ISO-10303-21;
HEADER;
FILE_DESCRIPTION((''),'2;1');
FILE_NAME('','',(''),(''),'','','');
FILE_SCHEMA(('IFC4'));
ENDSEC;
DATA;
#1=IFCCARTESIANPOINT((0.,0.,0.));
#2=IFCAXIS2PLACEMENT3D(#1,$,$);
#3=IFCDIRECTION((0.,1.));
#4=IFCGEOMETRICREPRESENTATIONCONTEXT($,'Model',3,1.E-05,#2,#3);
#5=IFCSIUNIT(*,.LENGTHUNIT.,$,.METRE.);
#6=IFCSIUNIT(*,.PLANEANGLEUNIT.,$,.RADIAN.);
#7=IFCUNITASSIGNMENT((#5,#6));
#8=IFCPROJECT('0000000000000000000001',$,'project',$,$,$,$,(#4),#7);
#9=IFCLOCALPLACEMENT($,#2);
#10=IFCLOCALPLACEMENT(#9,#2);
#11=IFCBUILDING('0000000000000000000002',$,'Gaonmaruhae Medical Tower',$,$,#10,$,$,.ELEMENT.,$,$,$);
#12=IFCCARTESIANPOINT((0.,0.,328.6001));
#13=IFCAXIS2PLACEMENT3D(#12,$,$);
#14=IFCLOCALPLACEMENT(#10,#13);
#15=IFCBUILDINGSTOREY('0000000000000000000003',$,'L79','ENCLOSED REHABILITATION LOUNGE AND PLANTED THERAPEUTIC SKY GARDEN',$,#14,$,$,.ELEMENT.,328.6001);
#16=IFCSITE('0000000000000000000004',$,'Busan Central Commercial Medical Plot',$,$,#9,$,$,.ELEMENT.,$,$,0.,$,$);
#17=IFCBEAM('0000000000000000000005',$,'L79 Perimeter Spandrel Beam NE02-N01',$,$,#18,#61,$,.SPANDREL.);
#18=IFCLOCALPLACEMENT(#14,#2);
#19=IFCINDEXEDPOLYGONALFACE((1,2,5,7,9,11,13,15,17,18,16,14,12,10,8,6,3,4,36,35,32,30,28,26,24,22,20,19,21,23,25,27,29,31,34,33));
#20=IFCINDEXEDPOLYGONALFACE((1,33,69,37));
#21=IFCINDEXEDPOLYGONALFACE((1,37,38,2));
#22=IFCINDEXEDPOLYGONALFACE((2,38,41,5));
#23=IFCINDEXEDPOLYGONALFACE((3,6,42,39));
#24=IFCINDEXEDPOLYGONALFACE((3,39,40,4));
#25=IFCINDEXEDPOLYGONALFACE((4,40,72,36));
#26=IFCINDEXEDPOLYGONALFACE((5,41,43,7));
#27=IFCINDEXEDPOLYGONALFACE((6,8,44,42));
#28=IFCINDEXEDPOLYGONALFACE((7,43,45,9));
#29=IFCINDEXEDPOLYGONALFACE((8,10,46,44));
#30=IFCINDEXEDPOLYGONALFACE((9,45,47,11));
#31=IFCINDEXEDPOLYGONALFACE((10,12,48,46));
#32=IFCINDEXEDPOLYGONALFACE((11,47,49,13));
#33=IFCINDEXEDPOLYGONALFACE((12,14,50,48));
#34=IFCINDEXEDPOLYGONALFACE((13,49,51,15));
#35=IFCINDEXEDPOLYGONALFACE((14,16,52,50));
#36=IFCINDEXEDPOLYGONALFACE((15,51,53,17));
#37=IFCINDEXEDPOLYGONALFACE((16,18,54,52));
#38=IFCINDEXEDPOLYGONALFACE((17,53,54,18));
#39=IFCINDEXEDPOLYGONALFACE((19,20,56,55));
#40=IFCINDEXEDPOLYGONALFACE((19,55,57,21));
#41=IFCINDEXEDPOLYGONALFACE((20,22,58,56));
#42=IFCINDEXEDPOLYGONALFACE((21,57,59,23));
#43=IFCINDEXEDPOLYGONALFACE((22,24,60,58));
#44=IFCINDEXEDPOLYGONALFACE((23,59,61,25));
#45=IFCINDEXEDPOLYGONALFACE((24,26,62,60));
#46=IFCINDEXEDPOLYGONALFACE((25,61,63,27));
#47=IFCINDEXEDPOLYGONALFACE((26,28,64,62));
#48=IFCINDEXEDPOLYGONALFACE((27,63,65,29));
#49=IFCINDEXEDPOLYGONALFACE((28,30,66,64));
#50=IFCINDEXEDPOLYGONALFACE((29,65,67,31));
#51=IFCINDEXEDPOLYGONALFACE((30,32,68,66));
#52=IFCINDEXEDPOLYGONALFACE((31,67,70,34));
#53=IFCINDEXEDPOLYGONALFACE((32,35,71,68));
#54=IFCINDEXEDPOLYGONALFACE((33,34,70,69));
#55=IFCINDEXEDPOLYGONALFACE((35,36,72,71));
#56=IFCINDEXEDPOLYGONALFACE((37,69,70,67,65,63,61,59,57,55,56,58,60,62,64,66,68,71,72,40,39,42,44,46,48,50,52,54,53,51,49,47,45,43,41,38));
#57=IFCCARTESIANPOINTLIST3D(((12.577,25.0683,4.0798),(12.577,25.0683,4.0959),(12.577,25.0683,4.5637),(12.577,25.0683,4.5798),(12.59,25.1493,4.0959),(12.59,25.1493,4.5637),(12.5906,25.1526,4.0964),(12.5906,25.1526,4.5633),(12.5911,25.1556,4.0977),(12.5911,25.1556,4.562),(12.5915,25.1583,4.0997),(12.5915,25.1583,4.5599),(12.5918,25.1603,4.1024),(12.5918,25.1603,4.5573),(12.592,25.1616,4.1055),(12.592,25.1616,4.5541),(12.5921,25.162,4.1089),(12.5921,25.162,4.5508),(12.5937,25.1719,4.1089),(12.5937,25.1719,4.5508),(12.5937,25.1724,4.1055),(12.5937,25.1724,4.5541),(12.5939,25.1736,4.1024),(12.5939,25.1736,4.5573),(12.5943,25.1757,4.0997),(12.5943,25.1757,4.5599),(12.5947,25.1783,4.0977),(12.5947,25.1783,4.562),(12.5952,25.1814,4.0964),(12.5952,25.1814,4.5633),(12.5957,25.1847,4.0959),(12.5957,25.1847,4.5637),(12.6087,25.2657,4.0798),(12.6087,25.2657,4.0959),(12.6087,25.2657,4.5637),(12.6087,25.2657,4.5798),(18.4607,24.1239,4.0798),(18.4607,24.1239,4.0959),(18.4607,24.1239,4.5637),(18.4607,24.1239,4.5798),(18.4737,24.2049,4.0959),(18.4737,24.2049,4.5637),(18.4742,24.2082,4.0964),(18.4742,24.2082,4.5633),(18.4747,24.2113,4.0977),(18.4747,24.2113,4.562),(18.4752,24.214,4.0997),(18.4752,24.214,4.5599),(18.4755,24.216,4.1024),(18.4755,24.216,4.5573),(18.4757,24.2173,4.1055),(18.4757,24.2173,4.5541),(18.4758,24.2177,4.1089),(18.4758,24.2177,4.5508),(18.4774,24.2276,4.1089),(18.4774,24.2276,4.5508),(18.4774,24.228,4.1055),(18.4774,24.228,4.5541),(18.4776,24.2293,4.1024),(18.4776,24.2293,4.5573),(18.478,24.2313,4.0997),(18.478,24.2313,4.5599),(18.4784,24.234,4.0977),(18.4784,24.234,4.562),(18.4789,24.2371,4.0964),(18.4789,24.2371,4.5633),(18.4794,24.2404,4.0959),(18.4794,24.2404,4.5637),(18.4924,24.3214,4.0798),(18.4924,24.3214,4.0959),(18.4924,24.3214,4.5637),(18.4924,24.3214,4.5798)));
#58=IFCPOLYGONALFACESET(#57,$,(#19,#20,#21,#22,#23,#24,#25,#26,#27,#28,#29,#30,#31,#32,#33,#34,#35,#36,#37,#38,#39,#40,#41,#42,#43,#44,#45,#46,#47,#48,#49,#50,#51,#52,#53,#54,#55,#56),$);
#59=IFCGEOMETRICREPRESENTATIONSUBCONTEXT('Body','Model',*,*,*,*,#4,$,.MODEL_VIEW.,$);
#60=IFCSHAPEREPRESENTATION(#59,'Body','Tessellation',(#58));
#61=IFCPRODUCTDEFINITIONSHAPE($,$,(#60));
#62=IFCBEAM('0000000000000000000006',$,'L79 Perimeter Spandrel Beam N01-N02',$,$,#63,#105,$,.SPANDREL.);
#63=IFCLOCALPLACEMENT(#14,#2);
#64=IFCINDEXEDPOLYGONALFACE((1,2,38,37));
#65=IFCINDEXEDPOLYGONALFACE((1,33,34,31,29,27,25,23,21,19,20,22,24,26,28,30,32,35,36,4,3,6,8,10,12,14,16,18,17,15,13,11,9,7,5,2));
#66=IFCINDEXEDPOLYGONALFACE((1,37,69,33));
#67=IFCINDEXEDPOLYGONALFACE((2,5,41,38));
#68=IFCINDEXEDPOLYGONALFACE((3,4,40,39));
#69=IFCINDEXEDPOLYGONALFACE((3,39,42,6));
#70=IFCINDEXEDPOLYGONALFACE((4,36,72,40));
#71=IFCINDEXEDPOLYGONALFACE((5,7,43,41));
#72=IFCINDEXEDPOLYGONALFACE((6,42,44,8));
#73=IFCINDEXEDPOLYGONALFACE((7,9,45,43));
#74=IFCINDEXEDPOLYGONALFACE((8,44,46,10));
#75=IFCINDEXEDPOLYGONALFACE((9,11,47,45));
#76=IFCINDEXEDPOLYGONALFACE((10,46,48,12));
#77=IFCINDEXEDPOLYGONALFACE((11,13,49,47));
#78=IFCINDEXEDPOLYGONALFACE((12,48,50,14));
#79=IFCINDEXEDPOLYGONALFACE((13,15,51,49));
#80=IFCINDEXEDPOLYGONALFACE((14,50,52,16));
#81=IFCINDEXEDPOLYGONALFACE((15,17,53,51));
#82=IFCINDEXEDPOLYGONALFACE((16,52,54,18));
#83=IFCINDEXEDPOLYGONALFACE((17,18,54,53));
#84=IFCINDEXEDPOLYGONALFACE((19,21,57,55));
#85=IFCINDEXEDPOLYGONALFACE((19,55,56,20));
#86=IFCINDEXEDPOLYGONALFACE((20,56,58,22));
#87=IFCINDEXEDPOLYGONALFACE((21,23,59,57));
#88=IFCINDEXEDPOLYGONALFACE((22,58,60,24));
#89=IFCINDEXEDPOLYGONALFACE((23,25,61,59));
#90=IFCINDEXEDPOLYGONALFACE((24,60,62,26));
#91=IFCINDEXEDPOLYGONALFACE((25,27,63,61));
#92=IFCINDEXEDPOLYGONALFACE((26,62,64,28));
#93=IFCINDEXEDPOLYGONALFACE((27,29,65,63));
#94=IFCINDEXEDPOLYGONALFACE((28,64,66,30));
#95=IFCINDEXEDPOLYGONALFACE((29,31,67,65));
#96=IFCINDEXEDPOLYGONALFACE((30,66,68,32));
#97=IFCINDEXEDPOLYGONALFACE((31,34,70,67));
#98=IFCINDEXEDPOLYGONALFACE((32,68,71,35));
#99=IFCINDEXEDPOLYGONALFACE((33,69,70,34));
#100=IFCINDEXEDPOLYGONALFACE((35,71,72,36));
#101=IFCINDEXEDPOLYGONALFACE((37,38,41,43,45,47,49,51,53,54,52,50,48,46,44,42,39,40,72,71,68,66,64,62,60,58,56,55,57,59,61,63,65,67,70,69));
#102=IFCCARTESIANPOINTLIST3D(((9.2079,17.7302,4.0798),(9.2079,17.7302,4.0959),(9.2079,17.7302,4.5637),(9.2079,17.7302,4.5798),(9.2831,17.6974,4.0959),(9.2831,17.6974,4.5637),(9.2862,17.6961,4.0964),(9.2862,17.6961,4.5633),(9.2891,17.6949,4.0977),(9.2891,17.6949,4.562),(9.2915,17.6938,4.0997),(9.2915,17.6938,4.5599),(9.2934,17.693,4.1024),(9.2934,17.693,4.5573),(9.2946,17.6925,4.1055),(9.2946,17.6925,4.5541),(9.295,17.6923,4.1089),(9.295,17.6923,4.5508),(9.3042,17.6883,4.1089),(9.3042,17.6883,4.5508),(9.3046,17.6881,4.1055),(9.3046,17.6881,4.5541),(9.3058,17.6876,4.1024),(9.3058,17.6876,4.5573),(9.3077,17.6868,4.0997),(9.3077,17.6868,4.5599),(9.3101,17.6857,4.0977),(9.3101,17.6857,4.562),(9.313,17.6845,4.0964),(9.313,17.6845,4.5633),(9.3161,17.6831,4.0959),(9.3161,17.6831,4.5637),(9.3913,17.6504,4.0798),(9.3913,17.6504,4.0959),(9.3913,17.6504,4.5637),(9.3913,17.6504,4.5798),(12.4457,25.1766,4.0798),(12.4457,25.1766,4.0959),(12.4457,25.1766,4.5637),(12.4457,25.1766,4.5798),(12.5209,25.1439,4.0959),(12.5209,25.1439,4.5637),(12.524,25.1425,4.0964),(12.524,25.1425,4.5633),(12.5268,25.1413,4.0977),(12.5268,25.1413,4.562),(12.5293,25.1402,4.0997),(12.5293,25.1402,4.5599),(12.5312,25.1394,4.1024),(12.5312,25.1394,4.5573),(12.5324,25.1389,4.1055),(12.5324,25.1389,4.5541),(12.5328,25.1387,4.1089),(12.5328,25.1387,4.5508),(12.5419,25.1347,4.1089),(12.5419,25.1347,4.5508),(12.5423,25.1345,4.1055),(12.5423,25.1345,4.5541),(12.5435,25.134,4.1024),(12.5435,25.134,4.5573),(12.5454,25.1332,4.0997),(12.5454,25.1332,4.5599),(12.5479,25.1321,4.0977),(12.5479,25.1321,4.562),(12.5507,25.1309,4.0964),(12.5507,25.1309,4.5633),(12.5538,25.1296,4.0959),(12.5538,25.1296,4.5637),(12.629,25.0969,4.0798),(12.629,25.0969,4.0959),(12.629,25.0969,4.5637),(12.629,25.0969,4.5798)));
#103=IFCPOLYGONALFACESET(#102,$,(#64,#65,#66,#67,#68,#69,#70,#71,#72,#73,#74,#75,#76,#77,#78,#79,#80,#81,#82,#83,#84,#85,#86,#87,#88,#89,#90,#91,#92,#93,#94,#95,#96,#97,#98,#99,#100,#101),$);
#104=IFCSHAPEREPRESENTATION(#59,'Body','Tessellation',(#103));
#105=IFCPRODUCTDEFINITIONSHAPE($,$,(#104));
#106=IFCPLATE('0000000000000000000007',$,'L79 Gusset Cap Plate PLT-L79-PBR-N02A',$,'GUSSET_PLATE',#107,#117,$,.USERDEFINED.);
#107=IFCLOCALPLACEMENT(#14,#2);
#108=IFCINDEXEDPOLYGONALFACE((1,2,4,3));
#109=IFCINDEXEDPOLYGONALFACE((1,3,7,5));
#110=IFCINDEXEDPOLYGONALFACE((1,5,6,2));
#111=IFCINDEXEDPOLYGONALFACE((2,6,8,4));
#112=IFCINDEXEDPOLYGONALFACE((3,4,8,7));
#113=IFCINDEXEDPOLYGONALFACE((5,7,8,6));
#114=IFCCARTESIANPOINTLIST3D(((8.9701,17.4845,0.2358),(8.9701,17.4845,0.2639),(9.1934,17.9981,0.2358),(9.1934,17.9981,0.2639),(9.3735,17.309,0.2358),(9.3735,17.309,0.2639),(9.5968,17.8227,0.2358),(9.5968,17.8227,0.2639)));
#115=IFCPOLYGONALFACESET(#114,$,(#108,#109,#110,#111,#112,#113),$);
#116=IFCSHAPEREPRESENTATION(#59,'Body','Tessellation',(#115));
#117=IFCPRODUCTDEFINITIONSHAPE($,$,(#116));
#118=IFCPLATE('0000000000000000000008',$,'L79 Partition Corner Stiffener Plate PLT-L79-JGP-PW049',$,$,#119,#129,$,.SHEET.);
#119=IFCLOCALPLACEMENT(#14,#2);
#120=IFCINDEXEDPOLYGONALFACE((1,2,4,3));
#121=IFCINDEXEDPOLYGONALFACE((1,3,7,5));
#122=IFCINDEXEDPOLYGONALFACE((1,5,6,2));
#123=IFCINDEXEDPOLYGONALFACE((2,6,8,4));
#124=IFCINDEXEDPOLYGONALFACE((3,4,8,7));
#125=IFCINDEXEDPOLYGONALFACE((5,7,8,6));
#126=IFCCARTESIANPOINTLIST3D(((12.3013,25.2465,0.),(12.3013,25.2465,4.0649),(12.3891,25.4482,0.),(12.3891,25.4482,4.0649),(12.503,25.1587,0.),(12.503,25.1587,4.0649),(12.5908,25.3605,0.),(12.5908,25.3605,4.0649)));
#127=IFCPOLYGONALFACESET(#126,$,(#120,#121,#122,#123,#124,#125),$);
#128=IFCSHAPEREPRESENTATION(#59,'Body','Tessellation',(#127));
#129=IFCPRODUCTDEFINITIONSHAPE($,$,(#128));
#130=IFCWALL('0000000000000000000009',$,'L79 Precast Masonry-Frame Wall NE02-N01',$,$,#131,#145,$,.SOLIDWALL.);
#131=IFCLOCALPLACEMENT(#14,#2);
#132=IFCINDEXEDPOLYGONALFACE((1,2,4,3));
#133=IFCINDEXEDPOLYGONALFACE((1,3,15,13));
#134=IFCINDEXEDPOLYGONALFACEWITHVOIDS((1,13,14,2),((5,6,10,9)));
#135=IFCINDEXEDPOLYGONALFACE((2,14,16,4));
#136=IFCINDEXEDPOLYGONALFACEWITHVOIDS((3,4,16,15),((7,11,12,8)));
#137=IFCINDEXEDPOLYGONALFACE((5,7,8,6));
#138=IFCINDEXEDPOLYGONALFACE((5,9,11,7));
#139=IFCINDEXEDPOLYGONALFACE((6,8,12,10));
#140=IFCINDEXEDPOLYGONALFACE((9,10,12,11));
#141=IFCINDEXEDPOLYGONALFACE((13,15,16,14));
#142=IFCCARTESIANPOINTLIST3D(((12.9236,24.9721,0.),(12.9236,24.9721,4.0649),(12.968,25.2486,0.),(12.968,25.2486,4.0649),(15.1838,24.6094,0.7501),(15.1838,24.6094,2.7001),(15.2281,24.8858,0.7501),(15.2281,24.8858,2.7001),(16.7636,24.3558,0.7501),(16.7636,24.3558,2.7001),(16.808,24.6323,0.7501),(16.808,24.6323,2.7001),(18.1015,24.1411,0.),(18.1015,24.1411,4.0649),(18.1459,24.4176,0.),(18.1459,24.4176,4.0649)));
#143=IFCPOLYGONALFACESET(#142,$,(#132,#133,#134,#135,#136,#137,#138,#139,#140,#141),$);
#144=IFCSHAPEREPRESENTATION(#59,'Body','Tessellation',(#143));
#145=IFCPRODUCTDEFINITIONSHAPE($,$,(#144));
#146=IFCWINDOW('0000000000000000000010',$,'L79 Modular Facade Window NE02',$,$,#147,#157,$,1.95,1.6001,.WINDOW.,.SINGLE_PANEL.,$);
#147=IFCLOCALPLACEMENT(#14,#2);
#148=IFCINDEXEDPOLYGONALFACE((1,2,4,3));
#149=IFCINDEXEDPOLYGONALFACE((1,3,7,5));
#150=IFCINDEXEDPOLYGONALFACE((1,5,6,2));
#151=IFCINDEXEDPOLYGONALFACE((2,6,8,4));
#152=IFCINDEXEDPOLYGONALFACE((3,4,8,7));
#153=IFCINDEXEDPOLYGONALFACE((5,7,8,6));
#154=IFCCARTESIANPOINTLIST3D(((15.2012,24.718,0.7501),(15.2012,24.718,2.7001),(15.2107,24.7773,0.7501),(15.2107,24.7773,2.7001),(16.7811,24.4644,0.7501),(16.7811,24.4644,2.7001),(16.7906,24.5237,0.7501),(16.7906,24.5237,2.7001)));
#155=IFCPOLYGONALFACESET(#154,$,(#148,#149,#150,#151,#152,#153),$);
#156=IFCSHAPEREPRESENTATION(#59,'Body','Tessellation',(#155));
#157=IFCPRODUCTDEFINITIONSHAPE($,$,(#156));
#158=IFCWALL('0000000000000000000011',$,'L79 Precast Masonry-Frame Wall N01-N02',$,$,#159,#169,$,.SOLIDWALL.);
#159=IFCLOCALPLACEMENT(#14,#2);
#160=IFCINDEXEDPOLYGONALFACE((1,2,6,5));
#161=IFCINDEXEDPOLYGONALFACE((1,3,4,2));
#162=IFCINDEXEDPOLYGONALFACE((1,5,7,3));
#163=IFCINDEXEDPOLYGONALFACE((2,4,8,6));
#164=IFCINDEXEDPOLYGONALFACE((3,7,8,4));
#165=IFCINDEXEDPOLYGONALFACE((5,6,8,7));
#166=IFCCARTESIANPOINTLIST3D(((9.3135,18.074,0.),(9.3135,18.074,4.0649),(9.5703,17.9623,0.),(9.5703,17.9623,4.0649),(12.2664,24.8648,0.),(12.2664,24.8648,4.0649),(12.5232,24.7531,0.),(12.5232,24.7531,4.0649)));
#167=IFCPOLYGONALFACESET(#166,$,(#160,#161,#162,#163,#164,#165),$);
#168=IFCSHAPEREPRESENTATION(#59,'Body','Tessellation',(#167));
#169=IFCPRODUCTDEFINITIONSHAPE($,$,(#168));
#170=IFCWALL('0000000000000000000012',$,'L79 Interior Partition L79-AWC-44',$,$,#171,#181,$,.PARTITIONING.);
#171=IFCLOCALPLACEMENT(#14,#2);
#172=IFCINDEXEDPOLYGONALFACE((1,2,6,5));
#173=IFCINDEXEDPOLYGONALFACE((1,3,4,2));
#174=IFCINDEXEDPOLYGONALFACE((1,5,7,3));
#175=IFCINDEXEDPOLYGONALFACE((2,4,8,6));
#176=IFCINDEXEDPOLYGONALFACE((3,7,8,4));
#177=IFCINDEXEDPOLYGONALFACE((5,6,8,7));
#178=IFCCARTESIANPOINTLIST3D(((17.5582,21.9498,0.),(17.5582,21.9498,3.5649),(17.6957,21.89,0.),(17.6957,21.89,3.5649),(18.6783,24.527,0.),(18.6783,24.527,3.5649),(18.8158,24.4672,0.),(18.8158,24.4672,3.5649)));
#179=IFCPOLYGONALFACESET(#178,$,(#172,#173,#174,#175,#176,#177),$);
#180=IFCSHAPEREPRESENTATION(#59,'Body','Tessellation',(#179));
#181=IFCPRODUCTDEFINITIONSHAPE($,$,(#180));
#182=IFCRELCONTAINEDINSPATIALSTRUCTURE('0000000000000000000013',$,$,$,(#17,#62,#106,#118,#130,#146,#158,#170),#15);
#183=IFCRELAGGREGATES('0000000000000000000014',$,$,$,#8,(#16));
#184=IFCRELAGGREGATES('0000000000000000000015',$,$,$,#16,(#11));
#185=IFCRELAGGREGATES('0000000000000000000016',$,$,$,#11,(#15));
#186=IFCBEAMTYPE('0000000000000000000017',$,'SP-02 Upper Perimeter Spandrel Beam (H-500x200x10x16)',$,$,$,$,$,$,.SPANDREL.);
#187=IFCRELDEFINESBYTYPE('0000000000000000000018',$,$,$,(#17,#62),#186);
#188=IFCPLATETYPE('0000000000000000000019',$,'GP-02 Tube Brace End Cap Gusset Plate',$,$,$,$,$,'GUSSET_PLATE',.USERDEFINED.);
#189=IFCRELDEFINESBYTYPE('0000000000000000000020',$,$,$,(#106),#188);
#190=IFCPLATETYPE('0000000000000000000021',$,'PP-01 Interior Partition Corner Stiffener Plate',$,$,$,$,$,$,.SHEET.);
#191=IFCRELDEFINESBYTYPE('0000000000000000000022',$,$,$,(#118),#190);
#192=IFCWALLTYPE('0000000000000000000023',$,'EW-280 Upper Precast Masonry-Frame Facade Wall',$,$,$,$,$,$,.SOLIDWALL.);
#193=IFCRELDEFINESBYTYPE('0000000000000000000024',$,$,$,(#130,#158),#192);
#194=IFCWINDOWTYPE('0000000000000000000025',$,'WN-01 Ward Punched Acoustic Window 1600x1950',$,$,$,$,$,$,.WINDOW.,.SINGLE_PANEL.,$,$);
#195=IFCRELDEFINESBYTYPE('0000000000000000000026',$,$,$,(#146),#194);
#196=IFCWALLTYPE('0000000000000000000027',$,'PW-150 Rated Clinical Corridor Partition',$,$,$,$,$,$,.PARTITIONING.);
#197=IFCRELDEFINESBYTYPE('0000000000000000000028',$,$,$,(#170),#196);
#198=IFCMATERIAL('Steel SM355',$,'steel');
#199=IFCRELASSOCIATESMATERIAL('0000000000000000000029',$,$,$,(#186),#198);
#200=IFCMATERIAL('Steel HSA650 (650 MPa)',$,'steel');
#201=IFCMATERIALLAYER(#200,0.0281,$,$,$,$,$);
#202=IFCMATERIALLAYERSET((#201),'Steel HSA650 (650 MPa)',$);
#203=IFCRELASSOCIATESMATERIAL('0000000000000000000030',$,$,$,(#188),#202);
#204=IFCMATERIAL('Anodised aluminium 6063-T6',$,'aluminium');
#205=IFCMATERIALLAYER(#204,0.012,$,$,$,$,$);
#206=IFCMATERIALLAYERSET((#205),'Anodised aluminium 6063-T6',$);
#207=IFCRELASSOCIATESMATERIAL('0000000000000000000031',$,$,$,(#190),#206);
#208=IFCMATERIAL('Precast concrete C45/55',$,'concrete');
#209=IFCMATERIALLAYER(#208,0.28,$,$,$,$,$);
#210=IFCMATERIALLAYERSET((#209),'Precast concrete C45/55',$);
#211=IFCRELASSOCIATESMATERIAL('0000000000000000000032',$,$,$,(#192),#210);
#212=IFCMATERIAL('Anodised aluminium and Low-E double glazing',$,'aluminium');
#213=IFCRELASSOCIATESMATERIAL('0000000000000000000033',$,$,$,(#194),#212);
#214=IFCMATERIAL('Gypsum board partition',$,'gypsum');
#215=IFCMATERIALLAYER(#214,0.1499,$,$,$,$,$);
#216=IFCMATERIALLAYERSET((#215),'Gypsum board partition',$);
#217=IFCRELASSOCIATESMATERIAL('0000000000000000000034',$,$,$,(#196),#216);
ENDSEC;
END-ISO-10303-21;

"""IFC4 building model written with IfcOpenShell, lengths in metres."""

from ifc_helpers import new_model, si_unit, direction, frame, frame_2d, origin, origin_2d, place, context, subcontext, project, spatial, rectangle, i_section, extrude, material, layer, layer_set, material_profile, profile_set, type_object, element, fill, save


model = new_model("IFC4")

# Units and contexts
model_context = context("Model", 3, precision=1e-05, world=origin(), true_north=direction((0.0, 1.0)))
body_context = subcontext(model_context, "Body", "Model", "MODEL_VIEW")
ifc_project = project(units=[si_unit("LENGTHUNIT", "METRE"), si_unit("PLANEANGLEUNIT", "RADIAN")], contexts=[model_context])

# Site, building, storey
site_placement = place(None, origin())
site = spatial("IfcSite", under=ifc_project, at=site_placement, Name="Busan Central Commercial Medical Plot", CompositionType="ELEMENT", RefElevation=0.0)
building_placement = place(site_placement, origin())
building = spatial("IfcBuilding", under=site, at=building_placement, Name="Gaonmaruhae Medical Tower", CompositionType="ELEMENT")
storey_placement = place(building_placement, frame((0.0, 0.0, 328.6001)))
storey = spatial("IfcBuildingStorey", under=building, at=storey_placement, Name="L79", Description="ENCLOSED REHABILITATION LOUNGE AND PLANTED THERAPEUTIC SKY GARDEN", CompositionType="ELEMENT", Elevation=328.6001)

# Shared definitions
ifc_material_1 = material(Name="Steel SM355", Category="steel")

# Beams
ifc_material_profile_1 = material_profile(ifc_material_1, i_section(OverallWidth=0.2, OverallDepth=0.5, WebThickness=0.01, FlangeThickness=0.0161, FilletRadius=0.0129, at=origin_2d()), Name="H-500x200x10x16")
ifc_profile_set_1 = profile_set([ifc_material_profile_1], Name="Steel SM355")
beam_type_1 = type_object("IfcBeamType", Name="SP-02 Upper Perimeter Spandrel Beam (H-500x200x10x16)", PredefinedType="SPANDREL", material=ifc_profile_set_1)
beam_1_placement = place(storey_placement, frame((18.4766, 24.2227, 4.3298), z_axis=(-0.987364, 0.15847, 0.0), x_axis=(-0.15847, -0.987364, 0.0)))
element("IfcBeam", 1, at=beam_1_placement, inside=storey, type_object=beam_type_1, Name="L79 Perimeter Spandrel Beam NE02-N01", PredefinedType="SPANDREL", context=body_context, shape_type="SweptSolid", body=[
    extrude(i_section(OverallWidth=0.2, OverallDepth=0.5, WebThickness=0.01, FlangeThickness=0.0161, FilletRadius=0.0129, at=origin_2d()), origin(), (0.0, 0.0, 1.0), 5.959),
])
beam_2_placement = place(storey_placement, frame((12.5374, 25.1367, 4.3298), z_axis=(-0.398744, -0.917062, 0.0), x_axis=(0.917062, -0.398744, 0.0)))
element("IfcBeam", 2, at=beam_2_placement, inside=storey, type_object=beam_type_1, Name="L79 Perimeter Spandrel Beam N01-N02", PredefinedType="SPANDREL", context=body_context, shape_type="SweptSolid", body=[
    extrude(i_section(OverallWidth=0.2, OverallDepth=0.5, WebThickness=0.01, FlangeThickness=0.0161, FilletRadius=0.0129, at=origin_2d()), origin(), (0.0, 0.0, 1.0), 8.1199),
])

# Plates
ifc_material_2 = material(Name="Steel HSA650 (650 MPa)", Category="steel")
ifc_layer_1 = layer(ifc_material_2, 0.0281)
ifc_layer_set_1 = layer_set([ifc_layer_1], Name="Steel HSA650 (650 MPa)")
plate_type_1 = type_object("IfcPlateType", Name="GP-02 Tube Brace End Cap Gusset Plate", ElementType="GUSSET_PLATE", PredefinedType="USERDEFINED", material=ifc_layer_set_1)
plate_1_placement = place(storey_placement, frame((9.2834, 17.6536, 0.2358), z_axis=(0.0, 0.0, 1.0), x_axis=(0.398749, 0.91706, 0.0)))
element("IfcPlate", 3, at=plate_1_placement, inside=storey, type_object=plate_type_1, Name="L79 Gusset Cap Plate PLT-L79-PBR-N02A", ObjectType="GUSSET_PLATE", PredefinedType="USERDEFINED", context=body_context, shape_type="SweptSolid", body=[
    extrude(rectangle(XDim=0.5601, YDim=0.4399, at=origin_2d()), origin(), (0.0, 0.0, 1.0), 0.0281),
])
ifc_material_3 = material(Name="Anodised aluminium 6063-T6", Category="aluminium")
ifc_layer_2 = layer(ifc_material_3, 0.012)
ifc_layer_set_2 = layer_set([ifc_layer_2], Name="Anodised aluminium 6063-T6")
plate_type_2 = type_object("IfcPlateType", Name="PP-01 Interior Partition Corner Stiffener Plate", PredefinedType="SHEET", material=ifc_layer_set_2)
plate_2_placement = place(storey_placement, frame((12.446, 25.3035, 0.0), z_axis=(0.0, 0.0, 1.0), x_axis=(0.398877, 0.917004, 0.0)))
element("IfcPlate", 4, at=plate_2_placement, inside=storey, type_object=plate_type_2, Name="L79 Partition Corner Stiffener Plate PLT-L79-JGP-PW049", PredefinedType="SHEET", context=body_context, shape_type="SweptSolid", body=[
    extrude(rectangle(XDim=0.22, YDim=0.22, at=origin_2d()), origin(), (0.0, 0.0, 1.0), 4.0649),
])

# Wall, opening, window
ifc_material_4 = material(Name="Precast concrete C45/55", Category="concrete")
ifc_layer_3 = layer(ifc_material_4, 0.28)
ifc_layer_set_3 = layer_set([ifc_layer_3], Name="Precast concrete C45/55")
wall_type_1 = type_object("IfcWallType", Name="EW-280 Upper Precast Masonry-Frame Facade Wall", PredefinedType="SOLIDWALL", material=ifc_layer_set_3)
wall_1_placement = place(storey_placement, frame((12.9458, 25.1104, 0.0), z_axis=(0.0, 0.0, 1.0), x_axis=(0.987364, -0.15847, 0.0)))
wall_1 = element("IfcWall", 5, at=wall_1_placement, inside=storey, type_object=wall_type_1, Name="L79 Precast Masonry-Frame Wall NE02-N01", PredefinedType="SOLIDWALL", context=body_context, shape_type="SweptSolid", body=[
    extrude(rectangle(XDim=5.2441, YDim=0.28, at=frame_2d((2.6221, 0.0))), origin(), (0.0, 0.0, 1.0), 4.0649),
])
opening_1_placement = place(wall_1_placement, frame((2.2891, 0.0, 0.75)))
opening_1 = element("IfcOpeningElement", 6, at=opening_1_placement, cuts=wall_1, PredefinedType="OPENING", context=body_context, shape_type="SweptSolid", body=[
    extrude(rectangle(XDim=1.6001, YDim=1.95, at=frame_2d((0.8, 0.9751))), frame((0.0, 0.1499, 0.0), z_axis=(0.0, -1.0, 0.0), x_axis=(1.0, 0.0, 0.0)), (0.0, 0.0, 1.0), 0.3),
])
ifc_material_5 = material(Name="Anodised aluminium and Low-E double glazing", Category="aluminium")
window_type = type_object("IfcWindowType", Name="WN-01 Ward Punched Acoustic Window 1600x1950", PartitioningType="SINGLE_PANEL", PredefinedType="WINDOW", material=ifc_material_5)
window_placement = place(opening_1_placement, origin())
window = element("IfcWindow", 7, at=window_placement, inside=storey, type_object=window_type, Name="L79 Modular Facade Window NE02", OverallHeight=1.95, OverallWidth=1.6001, PartitioningType="SINGLE_PANEL", PredefinedType="WINDOW", context=body_context, shape_type="SweptSolid", body=[
    extrude(rectangle(XDim=1.6001, YDim=1.95, at=frame_2d((0.8, 0.9751))), frame((0.0, 0.03, 0.0), z_axis=(0.0, -1.0, 0.0), x_axis=(1.0, 0.0, 0.0)), (0.0, 0.0, 1.0), 0.0601),
])
fill(opening_1, window)

# Walls
wall_2_placement = place(storey_placement, frame((9.4419, 18.0181, 0.0), z_axis=(0.0, 0.0, 1.0), x_axis=(0.398768, 0.917052, 0.0)))
element("IfcWall", 8, at=wall_2_placement, inside=storey, type_object=wall_type_1, Name="L79 Precast Masonry-Frame Wall N01-N02", PredefinedType="SOLIDWALL", context=body_context, shape_type="SweptSolid", body=[
    extrude(rectangle(XDim=7.405, YDim=0.28, at=frame_2d((3.7026, 0.0))), origin(), (0.0, 0.0, 1.0), 4.0649),
])
ifc_material_6 = material(Name="Gypsum board partition", Category="gypsum")
ifc_layer_4 = layer(ifc_material_6, 0.1499)
ifc_layer_set_4 = layer_set([ifc_layer_4], Name="Gypsum board partition")
wall_type_2 = type_object("IfcWallType", Name="PW-150 Rated Clinical Corridor Partition", PredefinedType="PARTITIONING", material=ifc_layer_set_4)
wall_3_placement = place(storey_placement, frame((17.627, 21.9199, 0.0), z_axis=(0.0, 0.0, 1.0), x_axis=(0.398612, 0.91712, 0.0)))
element("IfcWall", 9, at=wall_3_placement, inside=storey, type_object=wall_type_2, Name="L79 Interior Partition L79-AWC-44", PredefinedType="PARTITIONING", context=body_context, shape_type="SweptSolid", body=[
    extrude(rectangle(XDim=2.8101, YDim=0.1499, at=frame_2d((1.405, 0.0))), origin(), (0.0, 0.0, 1.0), 3.5649),
])

save(model, "model.ifc")
